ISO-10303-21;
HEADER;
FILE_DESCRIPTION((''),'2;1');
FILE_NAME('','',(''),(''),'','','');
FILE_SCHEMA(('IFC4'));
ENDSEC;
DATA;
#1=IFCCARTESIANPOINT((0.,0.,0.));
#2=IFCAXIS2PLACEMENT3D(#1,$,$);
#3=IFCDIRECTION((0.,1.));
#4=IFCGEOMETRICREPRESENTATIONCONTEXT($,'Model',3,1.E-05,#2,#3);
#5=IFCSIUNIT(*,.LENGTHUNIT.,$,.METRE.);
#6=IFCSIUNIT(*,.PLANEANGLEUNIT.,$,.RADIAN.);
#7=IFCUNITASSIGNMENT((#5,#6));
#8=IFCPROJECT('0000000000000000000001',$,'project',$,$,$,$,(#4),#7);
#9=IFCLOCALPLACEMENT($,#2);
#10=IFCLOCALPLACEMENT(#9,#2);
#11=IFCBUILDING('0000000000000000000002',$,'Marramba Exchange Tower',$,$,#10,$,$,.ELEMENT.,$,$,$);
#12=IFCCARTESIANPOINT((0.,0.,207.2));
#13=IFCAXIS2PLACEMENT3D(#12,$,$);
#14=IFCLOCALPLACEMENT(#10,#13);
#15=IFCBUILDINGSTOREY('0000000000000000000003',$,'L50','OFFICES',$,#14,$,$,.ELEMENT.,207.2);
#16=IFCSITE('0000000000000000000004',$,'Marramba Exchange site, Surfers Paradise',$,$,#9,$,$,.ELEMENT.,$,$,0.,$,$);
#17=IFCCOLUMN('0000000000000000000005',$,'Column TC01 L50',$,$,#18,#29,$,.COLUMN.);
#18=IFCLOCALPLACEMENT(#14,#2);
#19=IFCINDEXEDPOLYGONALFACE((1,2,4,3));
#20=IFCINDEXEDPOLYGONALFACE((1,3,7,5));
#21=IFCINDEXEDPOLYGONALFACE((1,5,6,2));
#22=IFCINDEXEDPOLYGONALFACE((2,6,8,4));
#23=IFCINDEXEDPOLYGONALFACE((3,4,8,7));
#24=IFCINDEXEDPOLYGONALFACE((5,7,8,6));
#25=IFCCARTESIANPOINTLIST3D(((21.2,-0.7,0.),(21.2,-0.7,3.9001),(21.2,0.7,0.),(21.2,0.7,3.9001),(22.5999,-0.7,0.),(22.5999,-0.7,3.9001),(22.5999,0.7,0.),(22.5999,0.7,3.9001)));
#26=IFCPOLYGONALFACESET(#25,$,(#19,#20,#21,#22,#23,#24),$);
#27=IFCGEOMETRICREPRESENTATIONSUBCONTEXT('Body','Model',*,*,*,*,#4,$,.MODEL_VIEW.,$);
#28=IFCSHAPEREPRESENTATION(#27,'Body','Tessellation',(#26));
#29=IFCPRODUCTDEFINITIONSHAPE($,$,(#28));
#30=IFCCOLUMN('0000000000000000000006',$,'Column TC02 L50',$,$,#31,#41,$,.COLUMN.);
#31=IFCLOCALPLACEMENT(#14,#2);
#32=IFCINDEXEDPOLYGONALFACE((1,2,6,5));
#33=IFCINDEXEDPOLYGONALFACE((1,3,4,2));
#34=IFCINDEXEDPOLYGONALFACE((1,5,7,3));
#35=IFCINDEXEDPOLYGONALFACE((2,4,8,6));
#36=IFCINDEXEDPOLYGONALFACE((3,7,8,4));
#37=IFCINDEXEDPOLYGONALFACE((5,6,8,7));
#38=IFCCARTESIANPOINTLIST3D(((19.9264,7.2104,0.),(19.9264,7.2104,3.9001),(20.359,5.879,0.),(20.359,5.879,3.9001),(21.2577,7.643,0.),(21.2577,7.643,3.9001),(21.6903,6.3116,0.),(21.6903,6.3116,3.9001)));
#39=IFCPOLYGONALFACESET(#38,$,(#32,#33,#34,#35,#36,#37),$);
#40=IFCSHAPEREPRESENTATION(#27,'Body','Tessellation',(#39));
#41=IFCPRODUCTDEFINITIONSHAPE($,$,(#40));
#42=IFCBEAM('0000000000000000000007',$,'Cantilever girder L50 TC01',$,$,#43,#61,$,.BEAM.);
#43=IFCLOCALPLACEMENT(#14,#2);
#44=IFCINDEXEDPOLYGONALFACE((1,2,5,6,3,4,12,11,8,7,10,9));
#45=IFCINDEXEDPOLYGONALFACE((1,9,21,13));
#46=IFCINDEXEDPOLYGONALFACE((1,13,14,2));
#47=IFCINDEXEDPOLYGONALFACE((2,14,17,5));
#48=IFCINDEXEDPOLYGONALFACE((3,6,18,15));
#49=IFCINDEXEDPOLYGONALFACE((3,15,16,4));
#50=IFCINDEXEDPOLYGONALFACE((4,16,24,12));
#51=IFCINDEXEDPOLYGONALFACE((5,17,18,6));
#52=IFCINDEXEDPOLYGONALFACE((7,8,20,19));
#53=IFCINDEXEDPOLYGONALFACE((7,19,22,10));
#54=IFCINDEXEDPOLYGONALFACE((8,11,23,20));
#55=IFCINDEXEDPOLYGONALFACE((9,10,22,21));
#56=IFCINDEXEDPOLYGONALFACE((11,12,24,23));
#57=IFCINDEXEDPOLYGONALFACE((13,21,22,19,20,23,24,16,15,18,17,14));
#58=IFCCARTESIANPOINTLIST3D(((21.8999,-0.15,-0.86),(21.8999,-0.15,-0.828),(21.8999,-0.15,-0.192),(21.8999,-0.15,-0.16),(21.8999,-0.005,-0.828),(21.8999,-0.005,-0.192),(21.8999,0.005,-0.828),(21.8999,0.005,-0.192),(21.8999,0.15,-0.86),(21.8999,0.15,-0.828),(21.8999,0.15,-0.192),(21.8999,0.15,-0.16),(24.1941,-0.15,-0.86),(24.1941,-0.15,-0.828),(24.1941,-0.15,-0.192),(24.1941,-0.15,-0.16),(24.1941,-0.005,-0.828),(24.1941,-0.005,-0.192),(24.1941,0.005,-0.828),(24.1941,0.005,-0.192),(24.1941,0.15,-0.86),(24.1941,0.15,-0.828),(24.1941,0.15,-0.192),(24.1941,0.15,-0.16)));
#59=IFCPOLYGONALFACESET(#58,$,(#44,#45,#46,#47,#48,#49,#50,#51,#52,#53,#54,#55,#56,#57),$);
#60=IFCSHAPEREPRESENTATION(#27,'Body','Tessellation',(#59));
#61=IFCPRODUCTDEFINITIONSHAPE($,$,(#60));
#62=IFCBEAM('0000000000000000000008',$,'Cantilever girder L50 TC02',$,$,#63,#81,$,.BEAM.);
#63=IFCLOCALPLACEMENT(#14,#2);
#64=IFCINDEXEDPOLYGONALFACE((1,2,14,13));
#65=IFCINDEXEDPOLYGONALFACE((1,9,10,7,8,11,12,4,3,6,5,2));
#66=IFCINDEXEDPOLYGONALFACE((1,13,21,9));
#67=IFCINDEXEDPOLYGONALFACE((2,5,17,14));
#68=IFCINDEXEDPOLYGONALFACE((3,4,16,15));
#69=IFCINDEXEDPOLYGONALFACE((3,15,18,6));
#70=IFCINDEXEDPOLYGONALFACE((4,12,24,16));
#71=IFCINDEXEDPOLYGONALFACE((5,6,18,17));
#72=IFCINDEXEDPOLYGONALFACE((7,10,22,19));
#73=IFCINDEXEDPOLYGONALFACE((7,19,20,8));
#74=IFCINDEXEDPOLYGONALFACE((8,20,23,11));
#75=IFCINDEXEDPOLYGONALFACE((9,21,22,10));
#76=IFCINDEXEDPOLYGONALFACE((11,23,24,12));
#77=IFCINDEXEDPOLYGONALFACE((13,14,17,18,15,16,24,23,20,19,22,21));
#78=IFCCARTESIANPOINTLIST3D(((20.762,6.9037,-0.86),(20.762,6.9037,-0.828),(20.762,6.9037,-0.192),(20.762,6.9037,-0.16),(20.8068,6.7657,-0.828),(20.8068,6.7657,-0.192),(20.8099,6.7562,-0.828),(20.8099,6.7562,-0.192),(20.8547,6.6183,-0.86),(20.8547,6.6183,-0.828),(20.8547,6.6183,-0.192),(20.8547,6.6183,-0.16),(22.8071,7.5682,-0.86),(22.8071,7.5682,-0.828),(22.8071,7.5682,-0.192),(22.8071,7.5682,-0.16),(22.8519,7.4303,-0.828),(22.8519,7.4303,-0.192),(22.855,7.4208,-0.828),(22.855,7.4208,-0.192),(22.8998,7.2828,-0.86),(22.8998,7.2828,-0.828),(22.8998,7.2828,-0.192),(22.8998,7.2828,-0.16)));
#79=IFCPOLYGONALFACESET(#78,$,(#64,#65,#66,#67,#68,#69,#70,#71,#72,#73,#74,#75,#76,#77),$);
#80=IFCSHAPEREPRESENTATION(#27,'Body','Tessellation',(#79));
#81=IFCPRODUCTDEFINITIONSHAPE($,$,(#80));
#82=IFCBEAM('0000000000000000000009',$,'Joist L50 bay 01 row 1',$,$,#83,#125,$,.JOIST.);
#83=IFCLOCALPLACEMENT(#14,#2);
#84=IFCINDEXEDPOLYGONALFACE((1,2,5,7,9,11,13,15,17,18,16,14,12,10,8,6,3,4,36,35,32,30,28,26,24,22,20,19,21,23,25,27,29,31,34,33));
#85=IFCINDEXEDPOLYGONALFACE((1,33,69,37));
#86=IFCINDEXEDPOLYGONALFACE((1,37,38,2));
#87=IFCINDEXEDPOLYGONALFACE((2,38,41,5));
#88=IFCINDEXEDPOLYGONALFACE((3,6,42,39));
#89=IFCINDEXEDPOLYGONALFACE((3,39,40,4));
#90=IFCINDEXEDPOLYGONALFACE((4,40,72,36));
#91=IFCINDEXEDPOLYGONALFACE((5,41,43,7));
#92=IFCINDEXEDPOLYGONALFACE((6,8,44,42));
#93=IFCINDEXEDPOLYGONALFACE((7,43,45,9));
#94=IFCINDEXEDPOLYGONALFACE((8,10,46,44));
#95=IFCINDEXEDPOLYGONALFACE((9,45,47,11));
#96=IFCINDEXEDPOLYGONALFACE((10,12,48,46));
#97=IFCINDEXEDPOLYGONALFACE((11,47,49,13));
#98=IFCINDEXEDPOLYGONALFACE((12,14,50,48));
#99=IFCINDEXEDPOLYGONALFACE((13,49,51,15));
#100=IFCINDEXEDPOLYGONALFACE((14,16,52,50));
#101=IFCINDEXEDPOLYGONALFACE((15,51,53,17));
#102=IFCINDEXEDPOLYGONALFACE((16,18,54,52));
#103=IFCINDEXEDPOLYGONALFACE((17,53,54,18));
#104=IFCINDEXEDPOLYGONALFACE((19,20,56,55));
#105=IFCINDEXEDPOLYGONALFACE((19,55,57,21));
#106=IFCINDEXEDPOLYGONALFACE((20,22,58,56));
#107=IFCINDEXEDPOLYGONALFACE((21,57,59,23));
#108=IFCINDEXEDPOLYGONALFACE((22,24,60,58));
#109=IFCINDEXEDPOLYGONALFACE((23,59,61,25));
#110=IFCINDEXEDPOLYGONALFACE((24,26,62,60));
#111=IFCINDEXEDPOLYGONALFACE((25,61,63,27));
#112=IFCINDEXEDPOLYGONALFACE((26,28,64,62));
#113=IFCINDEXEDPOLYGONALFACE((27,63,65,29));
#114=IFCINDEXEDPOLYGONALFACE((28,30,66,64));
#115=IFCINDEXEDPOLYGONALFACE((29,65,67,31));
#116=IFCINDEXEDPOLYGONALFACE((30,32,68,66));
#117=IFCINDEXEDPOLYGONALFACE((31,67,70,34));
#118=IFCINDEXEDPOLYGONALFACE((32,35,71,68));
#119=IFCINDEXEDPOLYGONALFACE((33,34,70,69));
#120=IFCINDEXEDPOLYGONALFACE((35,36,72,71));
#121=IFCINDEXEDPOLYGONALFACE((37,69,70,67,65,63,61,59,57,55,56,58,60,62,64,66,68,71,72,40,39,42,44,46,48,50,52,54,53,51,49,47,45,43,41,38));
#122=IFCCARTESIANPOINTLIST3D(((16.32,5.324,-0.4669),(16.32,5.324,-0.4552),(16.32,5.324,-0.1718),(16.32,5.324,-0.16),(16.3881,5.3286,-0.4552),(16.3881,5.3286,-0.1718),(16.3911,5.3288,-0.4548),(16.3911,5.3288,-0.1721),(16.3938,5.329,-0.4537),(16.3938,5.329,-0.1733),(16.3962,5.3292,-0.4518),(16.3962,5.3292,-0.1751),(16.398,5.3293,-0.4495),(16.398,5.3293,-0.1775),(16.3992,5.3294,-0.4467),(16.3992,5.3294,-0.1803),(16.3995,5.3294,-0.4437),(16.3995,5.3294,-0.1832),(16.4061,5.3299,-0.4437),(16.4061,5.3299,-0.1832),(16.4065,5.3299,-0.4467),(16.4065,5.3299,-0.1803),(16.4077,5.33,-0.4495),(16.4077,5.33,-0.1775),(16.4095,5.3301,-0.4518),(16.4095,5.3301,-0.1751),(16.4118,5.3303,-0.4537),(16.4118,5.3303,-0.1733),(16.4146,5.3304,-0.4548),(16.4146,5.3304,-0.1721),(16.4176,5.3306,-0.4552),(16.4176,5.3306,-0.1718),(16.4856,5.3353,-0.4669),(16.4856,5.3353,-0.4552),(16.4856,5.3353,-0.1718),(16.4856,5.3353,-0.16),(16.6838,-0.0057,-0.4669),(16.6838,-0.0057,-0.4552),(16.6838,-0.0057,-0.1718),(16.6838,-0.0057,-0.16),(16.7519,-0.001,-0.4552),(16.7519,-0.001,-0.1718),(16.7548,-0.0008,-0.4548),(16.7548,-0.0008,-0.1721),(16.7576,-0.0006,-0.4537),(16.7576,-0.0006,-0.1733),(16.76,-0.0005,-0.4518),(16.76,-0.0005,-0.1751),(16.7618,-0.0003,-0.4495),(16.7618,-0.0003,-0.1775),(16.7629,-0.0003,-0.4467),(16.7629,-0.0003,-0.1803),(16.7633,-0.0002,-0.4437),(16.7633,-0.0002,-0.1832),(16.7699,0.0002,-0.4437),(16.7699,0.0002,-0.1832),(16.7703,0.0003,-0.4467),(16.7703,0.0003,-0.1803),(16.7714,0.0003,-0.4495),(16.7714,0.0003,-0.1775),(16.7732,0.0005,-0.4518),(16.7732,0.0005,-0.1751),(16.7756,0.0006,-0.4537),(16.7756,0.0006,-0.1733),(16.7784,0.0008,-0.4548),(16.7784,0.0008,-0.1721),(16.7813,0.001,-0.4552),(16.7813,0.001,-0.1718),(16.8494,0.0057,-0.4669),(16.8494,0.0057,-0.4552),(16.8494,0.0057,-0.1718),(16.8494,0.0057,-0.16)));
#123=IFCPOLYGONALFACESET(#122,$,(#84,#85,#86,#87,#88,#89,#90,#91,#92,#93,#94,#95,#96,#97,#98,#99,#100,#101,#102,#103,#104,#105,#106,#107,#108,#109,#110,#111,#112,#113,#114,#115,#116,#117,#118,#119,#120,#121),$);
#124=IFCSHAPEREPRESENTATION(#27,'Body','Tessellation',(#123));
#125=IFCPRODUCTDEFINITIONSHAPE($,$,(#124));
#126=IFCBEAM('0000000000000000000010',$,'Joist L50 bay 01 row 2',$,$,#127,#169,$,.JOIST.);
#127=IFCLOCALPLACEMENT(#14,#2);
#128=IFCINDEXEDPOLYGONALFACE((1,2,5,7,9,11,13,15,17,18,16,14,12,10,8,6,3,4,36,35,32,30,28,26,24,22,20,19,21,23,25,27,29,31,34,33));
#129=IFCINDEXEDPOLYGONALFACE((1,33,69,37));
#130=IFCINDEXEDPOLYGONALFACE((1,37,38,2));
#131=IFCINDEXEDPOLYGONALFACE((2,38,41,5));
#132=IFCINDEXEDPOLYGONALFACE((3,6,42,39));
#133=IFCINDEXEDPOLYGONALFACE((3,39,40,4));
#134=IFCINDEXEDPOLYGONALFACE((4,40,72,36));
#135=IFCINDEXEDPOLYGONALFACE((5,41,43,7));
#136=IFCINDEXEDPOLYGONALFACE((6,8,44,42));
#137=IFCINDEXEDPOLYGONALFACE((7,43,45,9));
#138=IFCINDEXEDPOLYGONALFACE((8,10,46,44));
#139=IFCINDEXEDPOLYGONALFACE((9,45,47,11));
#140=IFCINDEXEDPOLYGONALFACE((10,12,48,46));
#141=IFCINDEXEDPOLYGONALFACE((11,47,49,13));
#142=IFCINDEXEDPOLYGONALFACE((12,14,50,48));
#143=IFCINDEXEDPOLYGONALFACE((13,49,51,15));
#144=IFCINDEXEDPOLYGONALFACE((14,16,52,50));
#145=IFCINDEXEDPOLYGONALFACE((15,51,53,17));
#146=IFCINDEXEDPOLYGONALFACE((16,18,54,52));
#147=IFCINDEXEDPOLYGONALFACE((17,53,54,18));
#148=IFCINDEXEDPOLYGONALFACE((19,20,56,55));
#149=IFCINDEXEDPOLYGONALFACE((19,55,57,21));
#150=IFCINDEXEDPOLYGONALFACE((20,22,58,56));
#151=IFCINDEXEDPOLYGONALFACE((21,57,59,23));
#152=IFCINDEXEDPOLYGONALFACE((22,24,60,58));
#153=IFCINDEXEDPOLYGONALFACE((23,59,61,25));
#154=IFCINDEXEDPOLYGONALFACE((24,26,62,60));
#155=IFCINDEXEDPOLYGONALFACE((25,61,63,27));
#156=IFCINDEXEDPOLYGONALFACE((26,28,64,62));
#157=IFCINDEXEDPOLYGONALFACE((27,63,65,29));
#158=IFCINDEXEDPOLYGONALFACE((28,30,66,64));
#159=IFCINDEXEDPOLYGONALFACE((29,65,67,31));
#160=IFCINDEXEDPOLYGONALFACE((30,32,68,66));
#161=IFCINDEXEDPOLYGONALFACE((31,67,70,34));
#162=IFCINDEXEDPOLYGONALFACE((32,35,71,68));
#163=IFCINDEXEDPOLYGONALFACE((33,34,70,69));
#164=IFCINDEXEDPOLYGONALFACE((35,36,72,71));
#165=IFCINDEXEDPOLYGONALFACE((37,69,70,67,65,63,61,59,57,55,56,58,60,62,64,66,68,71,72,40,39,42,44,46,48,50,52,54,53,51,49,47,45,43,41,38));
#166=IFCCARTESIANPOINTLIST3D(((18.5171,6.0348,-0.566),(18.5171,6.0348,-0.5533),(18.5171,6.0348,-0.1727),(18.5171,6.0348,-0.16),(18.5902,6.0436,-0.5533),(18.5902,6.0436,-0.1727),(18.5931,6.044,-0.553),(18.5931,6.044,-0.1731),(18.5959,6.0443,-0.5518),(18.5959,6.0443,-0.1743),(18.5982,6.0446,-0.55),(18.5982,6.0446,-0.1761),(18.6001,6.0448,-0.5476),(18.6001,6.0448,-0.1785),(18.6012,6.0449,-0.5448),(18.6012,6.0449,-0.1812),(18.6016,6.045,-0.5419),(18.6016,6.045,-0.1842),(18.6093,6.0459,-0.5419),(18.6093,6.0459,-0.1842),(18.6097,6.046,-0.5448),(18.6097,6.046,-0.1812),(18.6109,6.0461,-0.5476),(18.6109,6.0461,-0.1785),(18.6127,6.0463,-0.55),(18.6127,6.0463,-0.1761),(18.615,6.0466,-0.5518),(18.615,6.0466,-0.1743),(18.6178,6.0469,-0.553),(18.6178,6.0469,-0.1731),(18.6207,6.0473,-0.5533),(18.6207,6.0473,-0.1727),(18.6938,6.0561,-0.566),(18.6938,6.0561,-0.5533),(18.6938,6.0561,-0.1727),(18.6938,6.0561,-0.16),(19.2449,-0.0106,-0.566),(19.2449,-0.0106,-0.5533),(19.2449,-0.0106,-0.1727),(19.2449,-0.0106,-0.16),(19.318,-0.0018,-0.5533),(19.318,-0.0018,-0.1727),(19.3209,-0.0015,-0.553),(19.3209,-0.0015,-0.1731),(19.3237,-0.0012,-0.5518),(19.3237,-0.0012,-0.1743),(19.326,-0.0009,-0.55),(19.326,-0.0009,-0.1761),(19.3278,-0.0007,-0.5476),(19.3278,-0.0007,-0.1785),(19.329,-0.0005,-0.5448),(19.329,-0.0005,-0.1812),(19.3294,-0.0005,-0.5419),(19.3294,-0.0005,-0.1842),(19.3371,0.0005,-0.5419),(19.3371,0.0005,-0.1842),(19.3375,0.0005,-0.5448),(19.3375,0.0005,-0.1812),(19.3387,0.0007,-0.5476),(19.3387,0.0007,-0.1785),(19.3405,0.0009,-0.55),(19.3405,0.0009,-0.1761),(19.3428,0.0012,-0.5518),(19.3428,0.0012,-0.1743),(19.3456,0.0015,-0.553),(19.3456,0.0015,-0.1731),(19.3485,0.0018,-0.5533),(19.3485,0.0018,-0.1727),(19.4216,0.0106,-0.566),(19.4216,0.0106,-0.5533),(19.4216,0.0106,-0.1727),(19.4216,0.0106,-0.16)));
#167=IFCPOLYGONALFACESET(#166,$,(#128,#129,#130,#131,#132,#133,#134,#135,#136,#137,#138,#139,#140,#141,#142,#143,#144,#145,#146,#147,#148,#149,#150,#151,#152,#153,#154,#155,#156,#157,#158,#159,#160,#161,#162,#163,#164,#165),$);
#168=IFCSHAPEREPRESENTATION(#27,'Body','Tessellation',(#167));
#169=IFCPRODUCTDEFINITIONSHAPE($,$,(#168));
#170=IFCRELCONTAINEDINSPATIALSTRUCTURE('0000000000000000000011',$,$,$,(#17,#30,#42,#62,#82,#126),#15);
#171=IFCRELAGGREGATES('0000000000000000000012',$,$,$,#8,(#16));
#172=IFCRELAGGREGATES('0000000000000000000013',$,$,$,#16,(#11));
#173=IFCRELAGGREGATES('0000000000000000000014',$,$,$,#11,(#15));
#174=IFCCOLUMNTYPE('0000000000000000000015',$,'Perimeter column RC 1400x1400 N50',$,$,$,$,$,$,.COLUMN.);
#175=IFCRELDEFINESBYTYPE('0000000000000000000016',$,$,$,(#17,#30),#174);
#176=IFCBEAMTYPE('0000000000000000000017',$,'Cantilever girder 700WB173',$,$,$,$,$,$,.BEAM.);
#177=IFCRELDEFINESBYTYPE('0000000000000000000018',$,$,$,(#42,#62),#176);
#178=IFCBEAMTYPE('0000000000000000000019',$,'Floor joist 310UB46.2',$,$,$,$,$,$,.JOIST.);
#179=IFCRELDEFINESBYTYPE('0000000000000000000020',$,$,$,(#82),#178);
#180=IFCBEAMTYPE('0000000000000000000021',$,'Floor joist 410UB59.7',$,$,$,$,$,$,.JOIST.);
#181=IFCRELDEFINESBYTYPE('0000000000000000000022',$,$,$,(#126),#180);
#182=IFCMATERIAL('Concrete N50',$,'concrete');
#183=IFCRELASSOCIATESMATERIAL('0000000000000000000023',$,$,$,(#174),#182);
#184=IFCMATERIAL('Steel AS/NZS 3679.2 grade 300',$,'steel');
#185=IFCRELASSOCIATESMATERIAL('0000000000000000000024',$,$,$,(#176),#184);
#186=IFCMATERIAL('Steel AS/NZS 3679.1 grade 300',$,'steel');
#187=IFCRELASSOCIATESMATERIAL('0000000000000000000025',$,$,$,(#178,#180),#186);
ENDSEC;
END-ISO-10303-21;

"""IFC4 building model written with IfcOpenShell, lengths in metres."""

from ifc_helpers import new_model, si_unit, direction, frame, origin, origin_2d, place, context, subcontext, project, spatial, rectangle, i_section, extrude, material, material_profile, profile_set, type_object, element, save


model = new_model("IFC4")

# Units and contexts
model_context = context("Model", 3, precision=1e-05, world=origin(), true_north=direction((0.0, 1.0)))
body_context = subcontext(model_context, "Body", "Model", "MODEL_VIEW")
ifc_project = project(units=[si_unit("LENGTHUNIT", "METRE"), si_unit("PLANEANGLEUNIT", "RADIAN")], contexts=[model_context])

# Site, building, storey
site_placement = place(None, origin())
site = spatial("IfcSite", under=ifc_project, at=site_placement, Name="Marramba Exchange site, Surfers Paradise", CompositionType="ELEMENT", RefElevation=0.0)
building_placement = place(site_placement, origin())
building = spatial("IfcBuilding", under=site, at=building_placement, Name="Marramba Exchange Tower", CompositionType="ELEMENT")
storey_placement = place(building_placement, frame((0.0, 0.0, 207.2)))
storey = spatial("IfcBuildingStorey", under=building, at=storey_placement, Name="L50", Description="OFFICES", CompositionType="ELEMENT", Elevation=207.2)

# Columns
ifc_material_1 = material(Name="Concrete N50", Category="concrete")
ifc_material_profile_1 = material_profile(ifc_material_1, rectangle(XDim=1.3999, YDim=1.3999, at=origin_2d()), Name="RC 1400x1400")
ifc_profile_set_1 = profile_set([ifc_material_profile_1], Name="Concrete N50")
column_type = type_object("IfcColumnType", Name="Perimeter column RC 1400x1400 N50", PredefinedType="COLUMN", material=ifc_profile_set_1)
for number, where, z_axis, x_axis, name in (
    (1, (21.8999, 0.0, 0.0), (0.0, 0.0, 1.0), (1.0, 0.0, 0.0), "Column TC01 L50"),
    (2, (20.8083, 6.761, 0.0), (0.0, 0.0, 1.0), (0.951057, 0.309017, 0.0), "Column TC02 L50"),
):
    element("IfcColumn", number, at=place(storey_placement, frame(where, z_axis=z_axis, x_axis=x_axis)), inside=storey, type_object=column_type, Name=name, PredefinedType="COLUMN", context=body_context, shape_type="SweptSolid", body=[
        extrude(rectangle(XDim=1.3999, YDim=1.3999, at=origin_2d()), origin(), (0.0, 0.0, 1.0), 3.9001),
    ])

# Beams
ifc_material_2 = material(Name="Steel AS/NZS 3679.2 grade 300", Category="steel")
ifc_material_profile_2 = material_profile(ifc_material_2, i_section(OverallWidth=0.3, OverallDepth=0.7, WebThickness=0.01, FlangeThickness=0.032, at=origin_2d()), Name="700WB173")
ifc_profile_set_2 = profile_set([ifc_material_profile_2], Name="Steel AS/NZS 3679.2 grade 300")
beam_type_1 = type_object("IfcBeamType", Name="Cantilever girder 700WB173", PredefinedType="BEAM", material=ifc_profile_set_2)
beam_1_placement = place(storey_placement, frame((21.8999, 0.0, -0.51), z_axis=(1.0, 0.0, 0.0), x_axis=(0.0, 1.0, 0.0)))
element("IfcBeam", 3, at=beam_1_placement, inside=storey, type_object=beam_type_1, Name="Cantilever girder L50 TC01", PredefinedType="BEAM", context=body_context, shape_type="SweptSolid", body=[
    extrude(i_section(OverallWidth=0.3, OverallDepth=0.7, WebThickness=0.01, FlangeThickness=0.032, at=origin_2d()), origin(), (0.0, 0.0, 1.0), 2.2942),
])
beam_2_placement = place(storey_placement, frame((20.8083, 6.761, -0.51), z_axis=(0.951052, 0.309032, 0.0), x_axis=(-0.309032, 0.951052, 0.0)))
element("IfcBeam", 4, at=beam_2_placement, inside=storey, type_object=beam_type_1, Name="Cantilever girder L50 TC02", PredefinedType="BEAM", context=body_context, shape_type="SweptSolid", body=[
    extrude(i_section(OverallWidth=0.3, OverallDepth=0.7, WebThickness=0.01, FlangeThickness=0.032, at=origin_2d()), origin(), (0.0, 0.0, 1.0), 2.1504),
])
ifc_material_3 = material(Name="Steel AS/NZS 3679.1 grade 300", Category="steel")
ifc_material_profile_3 = material_profile(ifc_material_3, i_section(OverallWidth=0.166, OverallDepth=0.3069, WebThickness=0.0066, FlangeThickness=0.0117, FilletRadius=0.0115, at=origin_2d()), Name="310UB46.2")
ifc_profile_set_3 = profile_set([ifc_material_profile_3], Name="Steel AS/NZS 3679.1 grade 300")
beam_type_2 = type_object("IfcBeamType", Name="Floor joist 310UB46.2", PredefinedType="JOIST", material=ifc_profile_set_3)
beam_3_placement = place(storey_placement, frame((16.7666, 0.0, -0.3135), z_axis=(-0.068096, 0.997679, 0.0), x_axis=(-0.997679, -0.068096, 0.0)))
element("IfcBeam", 5, at=beam_3_placement, inside=storey, type_object=beam_type_2, Name="Joist L50 bay 01 row 1", PredefinedType="JOIST", context=body_context, shape_type="SweptSolid", body=[
    extrude(i_section(OverallWidth=0.166, OverallDepth=0.3069, WebThickness=0.0066, FlangeThickness=0.0117, FilletRadius=0.0115, at=origin_2d()), origin(), (0.0, 0.0, 1.0), 5.342),
])
ifc_material_profile_4 = material_profile(ifc_material_3, i_section(OverallWidth=0.178, OverallDepth=0.406, WebThickness=0.0078, FlangeThickness=0.0127, FilletRadius=0.0115, at=origin_2d()), Name="410UB59.7")
ifc_profile_set_4 = profile_set([ifc_material_profile_4], Name="Steel AS/NZS 3679.1 grade 300")
beam_type_3 = type_object("IfcBeamType", Name="Floor joist 410UB59.7", PredefinedType="JOIST", material=ifc_profile_set_4)
beam_4_placement = place(storey_placement, frame((19.3333, 0.0, -0.363), z_axis=(-0.119523, 0.992831, 0.0), x_axis=(-0.992831, -0.119523, 0.0)))
element("IfcBeam", 6, at=beam_4_placement, inside=storey, type_object=beam_type_3, Name="Joist L50 bay 01 row 2", PredefinedType="JOIST", context=body_context, shape_type="SweptSolid", body=[
    extrude(i_section(OverallWidth=0.178, OverallDepth=0.406, WebThickness=0.0078, FlangeThickness=0.0127, FilletRadius=0.0115, at=origin_2d()), origin(), (0.0, 0.0, 1.0), 6.0891),
])

save(model, "model.ifc")
